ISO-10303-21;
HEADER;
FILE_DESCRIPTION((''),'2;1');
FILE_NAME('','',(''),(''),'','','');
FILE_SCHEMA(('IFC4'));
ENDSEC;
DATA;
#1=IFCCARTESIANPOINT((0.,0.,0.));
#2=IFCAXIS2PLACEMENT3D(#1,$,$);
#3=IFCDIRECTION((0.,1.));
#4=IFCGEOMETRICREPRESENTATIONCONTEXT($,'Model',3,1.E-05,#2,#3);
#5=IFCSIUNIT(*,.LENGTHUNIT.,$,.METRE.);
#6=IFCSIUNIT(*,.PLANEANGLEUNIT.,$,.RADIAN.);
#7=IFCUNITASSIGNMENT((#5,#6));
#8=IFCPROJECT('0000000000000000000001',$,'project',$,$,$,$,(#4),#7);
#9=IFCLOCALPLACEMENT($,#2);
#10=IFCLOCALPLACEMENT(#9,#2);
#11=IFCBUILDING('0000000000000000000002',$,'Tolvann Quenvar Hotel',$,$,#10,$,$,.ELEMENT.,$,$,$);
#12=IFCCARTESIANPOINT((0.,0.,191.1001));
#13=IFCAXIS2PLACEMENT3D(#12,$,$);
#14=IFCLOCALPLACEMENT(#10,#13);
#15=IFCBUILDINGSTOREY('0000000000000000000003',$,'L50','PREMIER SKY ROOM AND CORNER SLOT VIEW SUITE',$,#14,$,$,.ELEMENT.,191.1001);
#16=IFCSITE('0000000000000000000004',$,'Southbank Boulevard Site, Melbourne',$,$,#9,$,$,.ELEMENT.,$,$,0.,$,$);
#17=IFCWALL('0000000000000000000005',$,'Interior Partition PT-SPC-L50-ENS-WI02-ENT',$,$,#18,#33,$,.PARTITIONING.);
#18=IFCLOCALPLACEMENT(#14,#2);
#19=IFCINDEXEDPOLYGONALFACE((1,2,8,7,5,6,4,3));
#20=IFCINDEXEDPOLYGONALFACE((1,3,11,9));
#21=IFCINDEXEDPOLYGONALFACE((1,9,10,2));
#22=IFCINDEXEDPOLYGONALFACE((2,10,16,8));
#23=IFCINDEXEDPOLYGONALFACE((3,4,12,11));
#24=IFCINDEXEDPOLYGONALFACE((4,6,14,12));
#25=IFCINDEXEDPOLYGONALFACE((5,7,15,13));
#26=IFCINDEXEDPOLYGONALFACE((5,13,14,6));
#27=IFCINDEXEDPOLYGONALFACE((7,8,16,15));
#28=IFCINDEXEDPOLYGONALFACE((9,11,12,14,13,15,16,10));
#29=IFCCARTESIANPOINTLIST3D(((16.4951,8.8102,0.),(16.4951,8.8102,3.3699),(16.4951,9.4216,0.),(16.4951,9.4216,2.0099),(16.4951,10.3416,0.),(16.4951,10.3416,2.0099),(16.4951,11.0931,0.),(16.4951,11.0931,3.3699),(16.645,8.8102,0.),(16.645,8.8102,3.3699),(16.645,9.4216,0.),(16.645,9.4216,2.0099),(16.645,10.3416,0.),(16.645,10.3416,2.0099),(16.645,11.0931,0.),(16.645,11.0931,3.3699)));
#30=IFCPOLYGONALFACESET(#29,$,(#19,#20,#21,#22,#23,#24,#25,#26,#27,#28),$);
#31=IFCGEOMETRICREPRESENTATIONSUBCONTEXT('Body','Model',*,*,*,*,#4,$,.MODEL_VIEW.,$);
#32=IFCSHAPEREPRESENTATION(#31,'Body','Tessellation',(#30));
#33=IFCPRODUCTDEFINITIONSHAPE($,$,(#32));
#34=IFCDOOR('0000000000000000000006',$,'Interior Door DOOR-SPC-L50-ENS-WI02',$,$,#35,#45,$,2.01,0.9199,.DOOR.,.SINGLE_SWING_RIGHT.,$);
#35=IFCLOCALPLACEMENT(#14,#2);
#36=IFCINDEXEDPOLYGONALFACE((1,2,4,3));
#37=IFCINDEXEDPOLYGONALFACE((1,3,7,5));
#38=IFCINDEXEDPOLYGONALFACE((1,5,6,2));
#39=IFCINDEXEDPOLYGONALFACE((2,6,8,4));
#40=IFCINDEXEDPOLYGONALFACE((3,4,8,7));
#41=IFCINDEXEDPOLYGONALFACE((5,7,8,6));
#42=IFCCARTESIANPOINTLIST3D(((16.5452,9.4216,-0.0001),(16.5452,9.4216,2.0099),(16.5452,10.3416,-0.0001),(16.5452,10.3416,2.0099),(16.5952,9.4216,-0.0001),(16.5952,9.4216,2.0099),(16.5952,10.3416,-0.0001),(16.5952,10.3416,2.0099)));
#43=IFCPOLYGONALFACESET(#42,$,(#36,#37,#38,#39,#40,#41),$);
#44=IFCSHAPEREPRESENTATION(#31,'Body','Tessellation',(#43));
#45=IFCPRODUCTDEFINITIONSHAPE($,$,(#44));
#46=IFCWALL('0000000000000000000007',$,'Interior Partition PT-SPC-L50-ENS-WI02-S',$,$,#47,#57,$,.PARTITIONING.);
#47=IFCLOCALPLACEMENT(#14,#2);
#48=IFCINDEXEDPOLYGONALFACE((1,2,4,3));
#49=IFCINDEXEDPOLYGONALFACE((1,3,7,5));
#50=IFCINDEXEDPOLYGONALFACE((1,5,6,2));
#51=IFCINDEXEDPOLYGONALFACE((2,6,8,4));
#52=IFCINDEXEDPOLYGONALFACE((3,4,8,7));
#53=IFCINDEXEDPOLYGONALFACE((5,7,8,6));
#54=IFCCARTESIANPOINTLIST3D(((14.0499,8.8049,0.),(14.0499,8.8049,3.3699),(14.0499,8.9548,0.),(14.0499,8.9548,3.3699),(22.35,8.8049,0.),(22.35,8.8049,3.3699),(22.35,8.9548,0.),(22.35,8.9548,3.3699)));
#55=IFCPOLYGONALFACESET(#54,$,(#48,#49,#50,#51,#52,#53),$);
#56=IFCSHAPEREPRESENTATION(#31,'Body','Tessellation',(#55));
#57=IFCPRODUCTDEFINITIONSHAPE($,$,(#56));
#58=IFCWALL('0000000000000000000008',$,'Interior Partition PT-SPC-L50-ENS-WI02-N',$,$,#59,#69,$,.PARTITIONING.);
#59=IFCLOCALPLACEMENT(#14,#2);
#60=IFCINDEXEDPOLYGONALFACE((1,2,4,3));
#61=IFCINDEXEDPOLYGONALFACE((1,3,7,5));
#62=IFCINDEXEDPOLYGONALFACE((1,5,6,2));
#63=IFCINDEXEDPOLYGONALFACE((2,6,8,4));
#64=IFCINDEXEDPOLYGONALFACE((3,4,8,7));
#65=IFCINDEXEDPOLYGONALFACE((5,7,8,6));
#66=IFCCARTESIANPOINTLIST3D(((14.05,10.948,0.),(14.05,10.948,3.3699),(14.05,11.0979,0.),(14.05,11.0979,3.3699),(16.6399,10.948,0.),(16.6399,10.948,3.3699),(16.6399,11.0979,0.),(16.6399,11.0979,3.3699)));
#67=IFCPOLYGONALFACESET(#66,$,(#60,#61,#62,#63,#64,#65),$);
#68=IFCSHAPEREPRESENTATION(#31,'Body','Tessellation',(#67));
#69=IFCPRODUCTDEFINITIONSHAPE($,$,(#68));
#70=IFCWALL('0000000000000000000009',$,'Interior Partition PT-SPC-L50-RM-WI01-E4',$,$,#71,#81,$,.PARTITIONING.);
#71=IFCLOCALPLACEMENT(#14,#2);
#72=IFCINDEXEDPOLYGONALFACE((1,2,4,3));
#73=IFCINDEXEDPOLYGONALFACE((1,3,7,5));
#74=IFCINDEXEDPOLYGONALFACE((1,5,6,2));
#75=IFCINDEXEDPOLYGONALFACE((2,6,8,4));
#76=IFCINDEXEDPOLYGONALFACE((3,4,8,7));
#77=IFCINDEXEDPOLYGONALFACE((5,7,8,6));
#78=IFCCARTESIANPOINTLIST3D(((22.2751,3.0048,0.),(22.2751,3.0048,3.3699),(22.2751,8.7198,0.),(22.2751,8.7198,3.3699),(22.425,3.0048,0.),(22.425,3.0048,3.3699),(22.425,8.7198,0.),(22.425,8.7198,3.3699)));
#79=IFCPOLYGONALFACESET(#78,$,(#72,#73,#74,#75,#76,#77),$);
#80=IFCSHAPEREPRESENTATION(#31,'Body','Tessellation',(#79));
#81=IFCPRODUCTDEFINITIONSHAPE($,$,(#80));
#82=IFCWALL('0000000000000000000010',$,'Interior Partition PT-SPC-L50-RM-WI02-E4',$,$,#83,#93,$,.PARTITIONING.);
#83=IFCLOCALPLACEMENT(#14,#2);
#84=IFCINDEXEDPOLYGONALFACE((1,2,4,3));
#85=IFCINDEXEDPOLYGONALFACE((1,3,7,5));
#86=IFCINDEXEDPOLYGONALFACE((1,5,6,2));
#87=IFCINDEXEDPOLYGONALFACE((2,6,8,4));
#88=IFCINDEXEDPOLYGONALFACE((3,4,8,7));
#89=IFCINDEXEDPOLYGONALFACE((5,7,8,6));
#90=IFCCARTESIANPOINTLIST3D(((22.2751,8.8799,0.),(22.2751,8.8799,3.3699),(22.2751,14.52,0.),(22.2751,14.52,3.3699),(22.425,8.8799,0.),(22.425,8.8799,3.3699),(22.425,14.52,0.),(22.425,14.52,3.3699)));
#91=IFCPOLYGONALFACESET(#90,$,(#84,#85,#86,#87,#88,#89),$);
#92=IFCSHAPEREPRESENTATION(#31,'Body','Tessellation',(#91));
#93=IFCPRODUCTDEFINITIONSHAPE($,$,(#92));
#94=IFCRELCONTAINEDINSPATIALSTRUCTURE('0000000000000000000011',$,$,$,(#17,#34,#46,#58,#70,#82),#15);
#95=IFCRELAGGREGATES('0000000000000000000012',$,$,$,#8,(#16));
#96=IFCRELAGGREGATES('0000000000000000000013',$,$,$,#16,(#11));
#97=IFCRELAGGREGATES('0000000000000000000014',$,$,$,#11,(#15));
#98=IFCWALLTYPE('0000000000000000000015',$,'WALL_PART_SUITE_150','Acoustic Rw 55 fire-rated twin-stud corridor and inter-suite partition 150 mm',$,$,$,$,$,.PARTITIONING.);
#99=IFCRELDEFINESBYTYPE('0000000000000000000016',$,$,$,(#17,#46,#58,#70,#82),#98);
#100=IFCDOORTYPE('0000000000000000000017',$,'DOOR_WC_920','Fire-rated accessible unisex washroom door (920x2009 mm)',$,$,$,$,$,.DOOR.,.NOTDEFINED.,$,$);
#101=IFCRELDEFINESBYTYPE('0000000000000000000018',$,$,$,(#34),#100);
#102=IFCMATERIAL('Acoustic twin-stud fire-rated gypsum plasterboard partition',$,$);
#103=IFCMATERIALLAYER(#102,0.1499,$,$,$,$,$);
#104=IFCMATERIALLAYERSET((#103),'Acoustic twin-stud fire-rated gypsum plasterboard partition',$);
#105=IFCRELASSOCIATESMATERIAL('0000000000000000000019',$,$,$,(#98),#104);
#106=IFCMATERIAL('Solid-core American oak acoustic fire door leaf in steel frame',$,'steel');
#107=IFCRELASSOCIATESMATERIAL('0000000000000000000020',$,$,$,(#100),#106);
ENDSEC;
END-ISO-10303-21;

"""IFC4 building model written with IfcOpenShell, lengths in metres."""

from ifc_helpers import new_model, si_unit, direction, frame, frame_2d, origin, place, context, subcontext, project, spatial, rectangle, extrude, source, transform, mapped, material, layer, layer_set, type_object, type_shapes, element, fill, save


model = new_model("IFC4")

# Units and contexts
model_context = context("Model", 3, precision=1e-05, world=origin(), true_north=direction((0.0, 1.0)))
body_context = subcontext(model_context, "Body", "Model", "MODEL_VIEW")
ifc_project = project(units=[si_unit("LENGTHUNIT", "METRE"), si_unit("PLANEANGLEUNIT", "RADIAN")], contexts=[model_context])

# Site, building, storey
site_placement = place(None, origin())
site = spatial("IfcSite", under=ifc_project, at=site_placement, Name="Southbank Boulevard Site, Melbourne", CompositionType="ELEMENT", RefElevation=0.0)
building_placement = place(site_placement, origin())
building = spatial("IfcBuilding", under=site, at=building_placement, Name="Tolvann Quenvar Hotel", CompositionType="ELEMENT")
storey_placement = place(building_placement, frame((0.0, 0.0, 191.1001)))
storey = spatial("IfcBuildingStorey", under=building, at=storey_placement, Name="L50", Description="PREMIER SKY ROOM AND CORNER SLOT VIEW SUITE", CompositionType="ELEMENT", Elevation=191.1001)

# Shared definitions
ifc_material_1 = material(Name="Acoustic twin-stud fire-rated gypsum plasterboard partition")
ifc_layer_1 = layer(ifc_material_1, 0.1499)
ifc_layer_set_1 = layer_set([ifc_layer_1], Name="Acoustic twin-stud fire-rated gypsum plasterboard partition")
wall_type_1 = type_object("IfcWallType", Name="WALL_PART_SUITE_150", Description="Acoustic Rw 55 fire-rated twin-stud corridor and inter-suite partition 150 mm", PredefinedType="PARTITIONING", material=ifc_layer_set_1)
ifc_material_2 = material(Name="Solid-core American oak acoustic fire door leaf in steel frame", Category="steel")
door_type_1 = type_object("IfcDoorType", Name="DOOR_WC_920", Description="Fire-rated accessible unisex washroom door (920x2009 mm)", OperationType="NOTDEFINED", PredefinedType="DOOR", material=ifc_material_2)
shared_shape_1 = source(origin(), body_context, "Body", "SweptSolid", [
    extrude(rectangle(XDim=0.9199, YDim=2.01, at=frame_2d((0.46, 1.0049))), frame((0.0, 0.0249, 0.0), z_axis=(0.0, -1.0, 0.0), x_axis=(1.0, 0.0, 0.0)), (0.0, 0.0, 1.0), 0.05),
])
type_shapes(door_type_1, [shared_shape_1])

# Wall, opening, door
wall_1_placement = place(storey_placement, frame((16.5701, 8.8101, 0.0), z_axis=(0.0, 0.0, 1.0), x_axis=(0.0, 1.0, 0.0)))
wall_1 = element("IfcWall", 1, at=wall_1_placement, inside=storey, type_object=wall_type_1, Name="Interior Partition PT-SPC-L50-ENS-WI02-ENT", PredefinedType="PARTITIONING", context=body_context, shape_type="SweptSolid", body=[
    extrude(rectangle(XDim=2.283, YDim=0.1499, at=frame_2d((1.1416, 0.0))), origin(), (0.0, 0.0, 1.0), 3.3699),
])
opening_1_placement = place(wall_1_placement, frame((0.6116, 0.0, 0.0)))
opening_1 = element("IfcOpeningElement", 2, at=opening_1_placement, cuts=wall_1, PredefinedType="OPENING", context=body_context, shape_type="SweptSolid", body=[
    extrude(rectangle(XDim=0.9199, YDim=2.01, at=frame_2d((0.46, 1.0049))), frame((0.0, 0.085, 0.0), z_axis=(0.0, -1.0, 0.0), x_axis=(1.0, 0.0, 0.0)), (0.0, 0.0, 1.0), 0.1699),
])
door_1_placement = place(opening_1_placement, origin())
door_1 = element("IfcDoor", 3, at=door_1_placement, inside=storey, type_object=door_type_1, Name="Interior Door DOOR-SPC-L50-ENS-WI02", OperationType="SINGLE_SWING_RIGHT", OverallHeight=2.01, OverallWidth=0.9199, PredefinedType="DOOR", context=body_context, shape_type="MappedRepresentation", body=[
    mapped(shared_shape_1, transform((0.0, 0.0, 0.0), x_axis=(1.0, 0.0, 0.0), y_axis=(0.0, 1.0, 0.0), z_axis=(0.0, 0.0, 1.0), scale=1.0)),
])
fill(opening_1, door_1)

# Walls
wall_2_placement = place(storey_placement, frame((14.05, 8.8799, 0.0), z_axis=(0.0, 0.0, 1.0), x_axis=(1.0, 0.0, 0.0)))
element("IfcWall", 4, at=wall_2_placement, inside=storey, type_object=wall_type_1, Name="Interior Partition PT-SPC-L50-ENS-WI02-S", PredefinedType="PARTITIONING", context=body_context, shape_type="SweptSolid", body=[
    extrude(rectangle(XDim=8.3, YDim=0.1499, at=frame_2d((4.1499, 0.0))), origin(), (0.0, 0.0, 1.0), 3.3699),
])
wall_3_placement = place(storey_placement, frame((14.05, 11.0229, 0.0), z_axis=(0.0, 0.0, 1.0), x_axis=(1.0, 0.0, 0.0)))
element("IfcWall", 5, at=wall_3_placement, inside=storey, type_object=wall_type_1, Name="Interior Partition PT-SPC-L50-ENS-WI02-N", PredefinedType="PARTITIONING", context=body_context, shape_type="SweptSolid", body=[
    extrude(rectangle(XDim=2.5898, YDim=0.1499, at=frame_2d((1.2949, 0.0))), origin(), (0.0, 0.0, 1.0), 3.3699),
])

# Wall
wall_4_placement = place(storey_placement, frame((22.3501, 3.0049, 0.0), z_axis=(0.0, 0.0, 1.0), x_axis=(0.0, 1.0, 0.0)))
element("IfcWall", 6, at=wall_4_placement, inside=storey, type_object=wall_type_1, Name="Interior Partition PT-SPC-L50-RM-WI01-E4", PredefinedType="PARTITIONING", context=body_context, shape_type="SweptSolid", body=[
    extrude(rectangle(XDim=5.7151, YDim=0.1499, at=frame_2d((2.8574, 0.0))), origin(), (0.0, 0.0, 1.0), 3.3699),
])

# Wall
wall_5_placement = place(storey_placement, frame((22.3501, 8.8799, 0.0), z_axis=(0.0, 0.0, 1.0), x_axis=(0.0, 1.0, 0.0)))
element("IfcWall", 7, at=wall_5_placement, inside=storey, type_object=wall_type_1, Name="Interior Partition PT-SPC-L50-RM-WI02-E4", PredefinedType="PARTITIONING", context=body_context, shape_type="SweptSolid", body=[
    extrude(rectangle(XDim=5.6401, YDim=0.1499, at=frame_2d((2.8201, 0.0))), origin(), (0.0, 0.0, 1.0), 3.3699),
])

save(model, "model.ifc")
